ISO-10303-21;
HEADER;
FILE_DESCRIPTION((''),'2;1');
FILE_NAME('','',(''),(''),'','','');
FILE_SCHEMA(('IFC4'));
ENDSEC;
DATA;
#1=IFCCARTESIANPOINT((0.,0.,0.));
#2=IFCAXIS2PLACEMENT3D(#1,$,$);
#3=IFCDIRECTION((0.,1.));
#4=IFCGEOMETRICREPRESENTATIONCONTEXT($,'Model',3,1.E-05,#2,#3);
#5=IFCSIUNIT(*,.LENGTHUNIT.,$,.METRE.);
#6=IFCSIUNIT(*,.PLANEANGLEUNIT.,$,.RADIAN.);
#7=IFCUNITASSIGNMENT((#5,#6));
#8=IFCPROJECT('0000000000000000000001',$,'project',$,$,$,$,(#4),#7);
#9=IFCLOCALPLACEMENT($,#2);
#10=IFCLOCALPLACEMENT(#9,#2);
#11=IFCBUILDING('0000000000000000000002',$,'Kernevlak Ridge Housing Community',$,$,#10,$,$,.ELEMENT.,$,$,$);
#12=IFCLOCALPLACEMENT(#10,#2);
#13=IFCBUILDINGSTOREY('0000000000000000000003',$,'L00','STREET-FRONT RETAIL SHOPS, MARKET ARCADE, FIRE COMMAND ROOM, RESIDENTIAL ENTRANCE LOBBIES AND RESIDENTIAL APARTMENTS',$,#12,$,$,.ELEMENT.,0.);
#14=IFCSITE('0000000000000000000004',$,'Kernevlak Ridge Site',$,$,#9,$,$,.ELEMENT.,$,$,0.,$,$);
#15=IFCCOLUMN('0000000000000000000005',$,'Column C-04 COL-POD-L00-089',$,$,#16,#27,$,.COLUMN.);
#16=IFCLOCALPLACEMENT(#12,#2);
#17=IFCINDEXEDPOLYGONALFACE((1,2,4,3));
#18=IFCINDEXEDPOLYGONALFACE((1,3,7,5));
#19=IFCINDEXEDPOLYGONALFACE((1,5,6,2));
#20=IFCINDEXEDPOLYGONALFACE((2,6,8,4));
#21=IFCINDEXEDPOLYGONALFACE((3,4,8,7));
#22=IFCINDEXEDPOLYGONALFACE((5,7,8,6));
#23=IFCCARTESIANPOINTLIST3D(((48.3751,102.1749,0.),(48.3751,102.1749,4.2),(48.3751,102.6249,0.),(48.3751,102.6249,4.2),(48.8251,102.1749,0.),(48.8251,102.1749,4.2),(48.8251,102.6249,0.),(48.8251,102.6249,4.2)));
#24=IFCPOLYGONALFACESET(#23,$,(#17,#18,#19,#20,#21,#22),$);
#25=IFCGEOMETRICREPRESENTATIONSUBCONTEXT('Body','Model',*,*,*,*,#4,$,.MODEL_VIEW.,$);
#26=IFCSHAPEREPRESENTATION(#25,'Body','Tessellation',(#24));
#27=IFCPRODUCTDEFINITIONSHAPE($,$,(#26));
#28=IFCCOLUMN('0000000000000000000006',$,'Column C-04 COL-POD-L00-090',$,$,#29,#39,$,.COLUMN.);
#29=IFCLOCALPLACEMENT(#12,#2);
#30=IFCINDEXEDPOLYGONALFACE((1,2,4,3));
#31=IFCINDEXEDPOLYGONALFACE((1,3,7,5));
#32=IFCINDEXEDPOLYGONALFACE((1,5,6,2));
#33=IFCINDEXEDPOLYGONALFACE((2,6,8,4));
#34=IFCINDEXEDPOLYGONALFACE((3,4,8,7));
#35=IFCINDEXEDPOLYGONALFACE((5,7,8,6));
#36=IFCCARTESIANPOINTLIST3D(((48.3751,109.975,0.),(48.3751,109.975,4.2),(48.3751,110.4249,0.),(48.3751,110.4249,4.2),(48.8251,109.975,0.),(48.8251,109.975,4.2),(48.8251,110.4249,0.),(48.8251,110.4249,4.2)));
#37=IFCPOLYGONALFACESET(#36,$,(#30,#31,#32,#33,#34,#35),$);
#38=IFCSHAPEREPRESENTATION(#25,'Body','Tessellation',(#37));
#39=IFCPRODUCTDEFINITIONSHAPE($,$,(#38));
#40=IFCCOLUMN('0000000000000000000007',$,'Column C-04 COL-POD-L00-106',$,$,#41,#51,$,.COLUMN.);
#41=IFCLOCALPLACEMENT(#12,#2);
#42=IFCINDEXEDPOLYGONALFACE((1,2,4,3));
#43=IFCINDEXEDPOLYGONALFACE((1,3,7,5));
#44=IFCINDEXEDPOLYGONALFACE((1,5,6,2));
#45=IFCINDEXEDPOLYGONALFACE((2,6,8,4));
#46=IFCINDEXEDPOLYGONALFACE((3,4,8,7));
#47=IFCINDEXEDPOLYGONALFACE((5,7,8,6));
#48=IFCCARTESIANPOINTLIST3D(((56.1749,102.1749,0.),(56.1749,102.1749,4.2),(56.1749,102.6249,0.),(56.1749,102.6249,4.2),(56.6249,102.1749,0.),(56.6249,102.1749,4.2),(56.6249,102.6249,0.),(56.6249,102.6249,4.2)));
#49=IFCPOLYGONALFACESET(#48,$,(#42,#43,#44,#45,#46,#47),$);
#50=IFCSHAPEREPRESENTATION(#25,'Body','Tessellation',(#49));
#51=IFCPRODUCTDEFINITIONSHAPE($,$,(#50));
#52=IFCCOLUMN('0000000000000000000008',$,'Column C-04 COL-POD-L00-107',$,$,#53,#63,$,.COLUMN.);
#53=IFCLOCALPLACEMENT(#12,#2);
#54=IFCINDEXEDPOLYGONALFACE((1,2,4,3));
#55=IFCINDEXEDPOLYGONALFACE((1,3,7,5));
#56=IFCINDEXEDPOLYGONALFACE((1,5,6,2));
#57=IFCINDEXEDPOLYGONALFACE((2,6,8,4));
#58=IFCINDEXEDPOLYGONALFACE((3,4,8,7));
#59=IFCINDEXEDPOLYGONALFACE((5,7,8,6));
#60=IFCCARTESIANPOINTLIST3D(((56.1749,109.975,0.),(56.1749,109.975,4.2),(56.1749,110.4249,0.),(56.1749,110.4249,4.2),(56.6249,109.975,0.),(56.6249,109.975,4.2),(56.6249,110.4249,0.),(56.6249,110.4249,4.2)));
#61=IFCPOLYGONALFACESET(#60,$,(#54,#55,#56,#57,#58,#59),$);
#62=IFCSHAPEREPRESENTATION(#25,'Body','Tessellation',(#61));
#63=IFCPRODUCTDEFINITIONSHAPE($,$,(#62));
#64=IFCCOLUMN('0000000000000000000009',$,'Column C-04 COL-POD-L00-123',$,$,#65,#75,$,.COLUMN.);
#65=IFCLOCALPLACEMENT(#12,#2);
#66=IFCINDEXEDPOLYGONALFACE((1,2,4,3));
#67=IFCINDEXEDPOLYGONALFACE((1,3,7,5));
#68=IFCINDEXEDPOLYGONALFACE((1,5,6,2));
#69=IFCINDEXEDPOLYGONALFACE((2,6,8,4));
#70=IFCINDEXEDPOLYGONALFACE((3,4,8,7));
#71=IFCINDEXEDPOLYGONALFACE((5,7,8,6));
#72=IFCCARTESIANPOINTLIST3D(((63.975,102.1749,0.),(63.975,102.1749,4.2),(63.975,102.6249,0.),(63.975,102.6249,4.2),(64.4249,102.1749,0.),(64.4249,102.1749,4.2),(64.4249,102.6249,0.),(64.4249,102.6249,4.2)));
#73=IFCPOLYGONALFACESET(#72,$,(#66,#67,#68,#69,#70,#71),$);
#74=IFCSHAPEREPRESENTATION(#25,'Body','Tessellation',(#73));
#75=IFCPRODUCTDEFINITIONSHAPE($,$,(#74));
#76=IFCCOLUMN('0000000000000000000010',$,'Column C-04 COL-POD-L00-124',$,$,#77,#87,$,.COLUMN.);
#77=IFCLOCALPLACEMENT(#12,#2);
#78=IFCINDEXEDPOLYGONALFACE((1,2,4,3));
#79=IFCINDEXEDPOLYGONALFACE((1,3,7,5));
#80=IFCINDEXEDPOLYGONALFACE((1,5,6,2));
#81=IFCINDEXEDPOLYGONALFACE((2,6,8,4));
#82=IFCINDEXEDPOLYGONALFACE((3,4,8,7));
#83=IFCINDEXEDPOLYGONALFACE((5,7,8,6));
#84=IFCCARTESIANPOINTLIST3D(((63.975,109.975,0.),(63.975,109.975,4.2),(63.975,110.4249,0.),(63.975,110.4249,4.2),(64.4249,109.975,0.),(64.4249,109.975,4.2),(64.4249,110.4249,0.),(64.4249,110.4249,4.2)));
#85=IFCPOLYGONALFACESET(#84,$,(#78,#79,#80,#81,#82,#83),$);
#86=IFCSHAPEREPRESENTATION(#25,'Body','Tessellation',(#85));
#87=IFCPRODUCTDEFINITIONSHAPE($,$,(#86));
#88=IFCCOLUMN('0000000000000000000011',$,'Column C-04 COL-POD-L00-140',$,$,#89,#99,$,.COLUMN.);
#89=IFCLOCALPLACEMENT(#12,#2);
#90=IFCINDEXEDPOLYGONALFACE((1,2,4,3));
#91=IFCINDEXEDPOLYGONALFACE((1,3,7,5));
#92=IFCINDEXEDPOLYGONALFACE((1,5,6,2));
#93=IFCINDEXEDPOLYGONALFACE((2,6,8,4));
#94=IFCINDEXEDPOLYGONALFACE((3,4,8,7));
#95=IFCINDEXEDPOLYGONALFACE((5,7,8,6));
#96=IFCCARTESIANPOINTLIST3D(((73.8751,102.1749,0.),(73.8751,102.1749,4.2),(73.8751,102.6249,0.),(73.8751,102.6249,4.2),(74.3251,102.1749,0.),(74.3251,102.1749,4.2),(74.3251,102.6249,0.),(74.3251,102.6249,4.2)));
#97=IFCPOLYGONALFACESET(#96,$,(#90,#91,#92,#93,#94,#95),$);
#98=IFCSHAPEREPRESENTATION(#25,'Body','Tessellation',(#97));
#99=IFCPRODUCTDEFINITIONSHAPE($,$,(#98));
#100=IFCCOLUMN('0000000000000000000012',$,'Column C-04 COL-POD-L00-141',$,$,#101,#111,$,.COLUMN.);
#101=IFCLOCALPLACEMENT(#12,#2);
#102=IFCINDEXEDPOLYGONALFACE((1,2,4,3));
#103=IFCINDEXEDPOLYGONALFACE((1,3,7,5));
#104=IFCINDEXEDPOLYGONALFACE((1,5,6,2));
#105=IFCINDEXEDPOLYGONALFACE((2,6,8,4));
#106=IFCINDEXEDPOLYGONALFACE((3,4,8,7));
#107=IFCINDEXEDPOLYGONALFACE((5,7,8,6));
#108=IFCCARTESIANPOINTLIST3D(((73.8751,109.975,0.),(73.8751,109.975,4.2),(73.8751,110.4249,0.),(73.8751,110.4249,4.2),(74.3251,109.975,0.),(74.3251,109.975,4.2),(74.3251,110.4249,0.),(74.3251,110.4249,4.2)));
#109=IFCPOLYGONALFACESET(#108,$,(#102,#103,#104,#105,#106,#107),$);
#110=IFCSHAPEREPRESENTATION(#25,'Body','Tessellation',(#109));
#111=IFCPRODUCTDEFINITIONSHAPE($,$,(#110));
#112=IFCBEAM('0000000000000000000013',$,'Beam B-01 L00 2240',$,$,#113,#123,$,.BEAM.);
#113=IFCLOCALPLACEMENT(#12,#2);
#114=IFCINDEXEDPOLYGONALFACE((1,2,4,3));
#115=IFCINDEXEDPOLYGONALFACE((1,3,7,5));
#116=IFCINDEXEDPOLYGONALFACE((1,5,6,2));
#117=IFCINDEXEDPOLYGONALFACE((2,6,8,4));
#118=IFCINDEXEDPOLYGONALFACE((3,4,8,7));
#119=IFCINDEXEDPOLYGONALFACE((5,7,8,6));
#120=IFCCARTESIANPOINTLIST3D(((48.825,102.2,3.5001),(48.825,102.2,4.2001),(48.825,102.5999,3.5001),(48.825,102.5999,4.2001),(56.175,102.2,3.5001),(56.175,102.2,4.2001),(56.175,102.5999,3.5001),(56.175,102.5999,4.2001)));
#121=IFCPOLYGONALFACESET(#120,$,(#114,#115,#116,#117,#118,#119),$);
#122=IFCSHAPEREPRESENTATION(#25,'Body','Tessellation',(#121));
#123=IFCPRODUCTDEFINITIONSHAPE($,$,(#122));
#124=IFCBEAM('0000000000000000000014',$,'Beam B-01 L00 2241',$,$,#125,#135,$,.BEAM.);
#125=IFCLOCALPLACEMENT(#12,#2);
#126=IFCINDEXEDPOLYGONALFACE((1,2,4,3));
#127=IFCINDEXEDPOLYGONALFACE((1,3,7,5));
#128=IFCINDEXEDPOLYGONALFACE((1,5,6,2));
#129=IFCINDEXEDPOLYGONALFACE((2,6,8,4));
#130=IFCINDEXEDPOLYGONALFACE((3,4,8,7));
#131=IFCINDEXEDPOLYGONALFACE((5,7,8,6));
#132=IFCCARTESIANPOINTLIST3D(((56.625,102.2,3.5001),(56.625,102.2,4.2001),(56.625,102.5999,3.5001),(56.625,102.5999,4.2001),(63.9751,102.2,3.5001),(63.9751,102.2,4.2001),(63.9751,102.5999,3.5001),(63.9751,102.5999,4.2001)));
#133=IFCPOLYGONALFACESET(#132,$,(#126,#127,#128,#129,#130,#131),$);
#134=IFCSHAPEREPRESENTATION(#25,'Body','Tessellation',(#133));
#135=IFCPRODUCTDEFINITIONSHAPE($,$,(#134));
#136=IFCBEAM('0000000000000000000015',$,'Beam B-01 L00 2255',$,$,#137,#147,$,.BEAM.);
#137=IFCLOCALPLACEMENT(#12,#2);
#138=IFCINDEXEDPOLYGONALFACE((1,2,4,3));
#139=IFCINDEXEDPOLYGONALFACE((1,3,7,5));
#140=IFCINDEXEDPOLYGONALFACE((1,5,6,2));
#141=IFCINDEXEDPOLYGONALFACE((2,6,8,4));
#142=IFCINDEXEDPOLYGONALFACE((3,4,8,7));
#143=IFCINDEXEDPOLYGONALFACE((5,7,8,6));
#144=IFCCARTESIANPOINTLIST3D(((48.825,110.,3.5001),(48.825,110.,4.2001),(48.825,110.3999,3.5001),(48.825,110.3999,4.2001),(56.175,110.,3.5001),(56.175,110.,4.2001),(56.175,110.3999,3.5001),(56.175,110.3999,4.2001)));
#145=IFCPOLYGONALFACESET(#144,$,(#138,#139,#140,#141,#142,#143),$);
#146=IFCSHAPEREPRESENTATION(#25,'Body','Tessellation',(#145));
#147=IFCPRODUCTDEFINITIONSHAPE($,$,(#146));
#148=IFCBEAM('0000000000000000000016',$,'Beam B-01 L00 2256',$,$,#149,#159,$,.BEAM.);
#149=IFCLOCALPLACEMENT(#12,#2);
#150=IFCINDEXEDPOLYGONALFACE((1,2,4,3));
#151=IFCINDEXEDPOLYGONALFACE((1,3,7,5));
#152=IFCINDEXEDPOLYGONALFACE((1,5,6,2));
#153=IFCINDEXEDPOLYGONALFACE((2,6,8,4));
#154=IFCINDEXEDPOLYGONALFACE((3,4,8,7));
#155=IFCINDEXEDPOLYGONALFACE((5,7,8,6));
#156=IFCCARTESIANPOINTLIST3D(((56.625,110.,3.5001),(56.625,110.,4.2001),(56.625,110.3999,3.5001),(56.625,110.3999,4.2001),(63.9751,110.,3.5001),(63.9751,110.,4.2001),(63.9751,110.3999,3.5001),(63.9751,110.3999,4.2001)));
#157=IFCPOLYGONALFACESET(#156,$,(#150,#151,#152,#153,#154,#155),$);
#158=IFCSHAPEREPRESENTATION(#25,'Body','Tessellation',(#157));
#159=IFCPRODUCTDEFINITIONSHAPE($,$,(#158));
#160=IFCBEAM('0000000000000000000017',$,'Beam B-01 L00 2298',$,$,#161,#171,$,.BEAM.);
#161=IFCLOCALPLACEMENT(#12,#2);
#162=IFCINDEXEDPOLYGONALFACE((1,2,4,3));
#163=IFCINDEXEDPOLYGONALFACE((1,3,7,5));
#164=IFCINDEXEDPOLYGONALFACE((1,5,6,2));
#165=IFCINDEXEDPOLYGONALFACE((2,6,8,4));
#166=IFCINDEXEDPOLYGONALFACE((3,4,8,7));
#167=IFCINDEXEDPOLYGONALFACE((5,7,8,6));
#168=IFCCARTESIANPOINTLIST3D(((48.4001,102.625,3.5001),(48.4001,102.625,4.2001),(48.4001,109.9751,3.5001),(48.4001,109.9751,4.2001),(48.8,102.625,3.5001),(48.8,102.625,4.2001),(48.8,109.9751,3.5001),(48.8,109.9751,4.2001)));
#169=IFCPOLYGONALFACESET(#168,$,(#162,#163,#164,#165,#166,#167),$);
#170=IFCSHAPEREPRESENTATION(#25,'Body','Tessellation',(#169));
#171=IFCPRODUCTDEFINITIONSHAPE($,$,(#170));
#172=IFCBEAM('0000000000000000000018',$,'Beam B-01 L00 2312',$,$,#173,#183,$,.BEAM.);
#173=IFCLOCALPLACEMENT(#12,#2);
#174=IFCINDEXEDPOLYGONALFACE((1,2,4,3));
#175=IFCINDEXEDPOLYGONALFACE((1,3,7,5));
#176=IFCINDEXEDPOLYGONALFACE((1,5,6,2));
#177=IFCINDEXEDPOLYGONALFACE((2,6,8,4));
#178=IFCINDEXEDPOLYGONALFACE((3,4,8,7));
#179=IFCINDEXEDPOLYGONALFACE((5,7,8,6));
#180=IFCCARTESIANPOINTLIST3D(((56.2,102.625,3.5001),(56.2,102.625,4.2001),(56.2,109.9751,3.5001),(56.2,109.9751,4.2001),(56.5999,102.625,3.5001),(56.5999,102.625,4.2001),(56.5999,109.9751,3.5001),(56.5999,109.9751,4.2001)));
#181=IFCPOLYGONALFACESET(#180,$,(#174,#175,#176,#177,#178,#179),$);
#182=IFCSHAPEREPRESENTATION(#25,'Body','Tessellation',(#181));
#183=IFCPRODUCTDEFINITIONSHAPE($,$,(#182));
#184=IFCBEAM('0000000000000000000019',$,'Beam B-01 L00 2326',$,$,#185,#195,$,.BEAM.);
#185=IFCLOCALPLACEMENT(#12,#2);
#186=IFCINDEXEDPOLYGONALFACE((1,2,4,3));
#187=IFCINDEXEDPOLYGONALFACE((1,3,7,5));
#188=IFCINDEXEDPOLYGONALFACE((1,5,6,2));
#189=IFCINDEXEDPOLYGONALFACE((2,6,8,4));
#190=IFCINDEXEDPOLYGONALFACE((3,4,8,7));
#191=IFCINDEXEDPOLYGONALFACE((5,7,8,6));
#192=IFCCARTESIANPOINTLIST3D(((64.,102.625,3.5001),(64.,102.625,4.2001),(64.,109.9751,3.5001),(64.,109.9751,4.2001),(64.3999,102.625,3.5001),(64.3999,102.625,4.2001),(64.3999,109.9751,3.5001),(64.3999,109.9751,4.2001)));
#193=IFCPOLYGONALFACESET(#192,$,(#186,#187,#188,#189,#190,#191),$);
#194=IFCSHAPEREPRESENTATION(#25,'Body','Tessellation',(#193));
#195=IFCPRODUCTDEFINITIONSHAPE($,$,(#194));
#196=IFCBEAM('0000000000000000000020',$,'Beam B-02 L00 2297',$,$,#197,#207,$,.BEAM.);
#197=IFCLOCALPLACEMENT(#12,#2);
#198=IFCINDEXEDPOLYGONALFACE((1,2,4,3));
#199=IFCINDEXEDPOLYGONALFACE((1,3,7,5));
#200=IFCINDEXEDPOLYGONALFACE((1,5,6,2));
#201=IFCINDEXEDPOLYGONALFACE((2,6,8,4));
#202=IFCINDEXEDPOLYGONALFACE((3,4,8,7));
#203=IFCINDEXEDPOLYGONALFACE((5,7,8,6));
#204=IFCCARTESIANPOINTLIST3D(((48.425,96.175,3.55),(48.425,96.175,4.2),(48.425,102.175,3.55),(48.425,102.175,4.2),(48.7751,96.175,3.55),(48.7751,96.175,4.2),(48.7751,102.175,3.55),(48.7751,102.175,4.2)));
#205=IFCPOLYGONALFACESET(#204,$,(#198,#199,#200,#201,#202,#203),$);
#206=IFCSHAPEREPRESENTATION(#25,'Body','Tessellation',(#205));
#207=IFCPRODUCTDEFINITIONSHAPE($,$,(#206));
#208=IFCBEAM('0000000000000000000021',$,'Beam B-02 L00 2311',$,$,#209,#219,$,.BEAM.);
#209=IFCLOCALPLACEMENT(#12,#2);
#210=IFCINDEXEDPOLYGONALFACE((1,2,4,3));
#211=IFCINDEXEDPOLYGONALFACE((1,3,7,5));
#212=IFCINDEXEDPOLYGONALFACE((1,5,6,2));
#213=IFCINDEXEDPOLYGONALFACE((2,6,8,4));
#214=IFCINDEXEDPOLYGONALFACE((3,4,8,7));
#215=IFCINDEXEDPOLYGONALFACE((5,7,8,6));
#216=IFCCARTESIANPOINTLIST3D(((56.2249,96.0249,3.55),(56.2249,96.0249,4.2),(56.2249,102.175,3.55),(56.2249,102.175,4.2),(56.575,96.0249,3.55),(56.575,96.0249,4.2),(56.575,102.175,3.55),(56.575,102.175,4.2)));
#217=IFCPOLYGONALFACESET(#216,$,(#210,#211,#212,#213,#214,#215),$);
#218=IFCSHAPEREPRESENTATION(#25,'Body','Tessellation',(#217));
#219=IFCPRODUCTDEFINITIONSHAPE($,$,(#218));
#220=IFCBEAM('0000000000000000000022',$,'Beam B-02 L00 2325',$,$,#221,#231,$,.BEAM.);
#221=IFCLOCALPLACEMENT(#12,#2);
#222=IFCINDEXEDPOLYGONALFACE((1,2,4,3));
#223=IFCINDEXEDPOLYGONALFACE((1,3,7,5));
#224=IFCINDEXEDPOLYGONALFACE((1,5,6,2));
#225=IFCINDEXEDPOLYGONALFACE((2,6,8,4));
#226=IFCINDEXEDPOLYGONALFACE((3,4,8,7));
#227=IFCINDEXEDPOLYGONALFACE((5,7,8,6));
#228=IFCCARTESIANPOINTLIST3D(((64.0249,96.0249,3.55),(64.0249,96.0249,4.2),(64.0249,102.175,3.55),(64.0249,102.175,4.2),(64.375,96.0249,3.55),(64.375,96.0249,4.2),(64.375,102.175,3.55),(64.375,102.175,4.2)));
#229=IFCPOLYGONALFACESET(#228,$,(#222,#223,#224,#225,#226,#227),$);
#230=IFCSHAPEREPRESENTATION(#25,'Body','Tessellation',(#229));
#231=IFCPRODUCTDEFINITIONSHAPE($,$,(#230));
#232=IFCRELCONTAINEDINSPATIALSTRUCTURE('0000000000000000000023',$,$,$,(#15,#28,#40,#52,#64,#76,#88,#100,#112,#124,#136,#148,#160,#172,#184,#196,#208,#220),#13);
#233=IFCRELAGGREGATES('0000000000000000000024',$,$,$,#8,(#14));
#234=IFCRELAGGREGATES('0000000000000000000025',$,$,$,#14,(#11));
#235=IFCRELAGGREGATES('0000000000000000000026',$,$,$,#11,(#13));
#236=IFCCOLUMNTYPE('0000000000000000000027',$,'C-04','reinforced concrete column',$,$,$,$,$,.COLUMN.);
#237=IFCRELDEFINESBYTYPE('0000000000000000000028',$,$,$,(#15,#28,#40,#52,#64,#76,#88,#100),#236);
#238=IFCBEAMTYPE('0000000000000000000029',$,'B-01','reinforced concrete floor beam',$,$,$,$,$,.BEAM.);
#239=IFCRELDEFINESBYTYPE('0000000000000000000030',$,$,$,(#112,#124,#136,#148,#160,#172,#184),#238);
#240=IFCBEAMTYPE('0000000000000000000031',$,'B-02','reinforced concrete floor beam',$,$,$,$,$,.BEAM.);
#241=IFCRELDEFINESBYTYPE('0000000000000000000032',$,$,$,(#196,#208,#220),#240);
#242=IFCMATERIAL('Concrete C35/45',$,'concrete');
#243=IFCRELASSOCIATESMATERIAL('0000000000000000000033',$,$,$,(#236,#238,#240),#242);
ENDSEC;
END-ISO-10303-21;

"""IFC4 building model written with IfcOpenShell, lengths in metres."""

from ifc_helpers import new_model, si_unit, direction, frame, origin, origin_2d, place, context, subcontext, project, spatial, rectangle, extrude, material, material_profile, profile_set, type_object, element, save


model = new_model("IFC4")

# Units and contexts
model_context = context("Model", 3, precision=1e-05, world=origin(), true_north=direction((0.0, 1.0)))
body_context = subcontext(model_context, "Body", "Model", "MODEL_VIEW")
ifc_project = project(units=[si_unit("LENGTHUNIT", "METRE"), si_unit("PLANEANGLEUNIT", "RADIAN")], contexts=[model_context])

# Site, building, storey
site_placement = place(None, origin())
site = spatial("IfcSite", under=ifc_project, at=site_placement, Name="Kernevlak Ridge Site", CompositionType="ELEMENT", RefElevation=0.0)
building_placement = place(site_placement, origin())
building = spatial("IfcBuilding", under=site, at=building_placement, Name="Kernevlak Ridge Housing Community", CompositionType="ELEMENT")
storey_placement = place(building_placement, origin())
storey = spatial("IfcBuildingStorey", under=building, at=storey_placement, Name="L00", Description="STREET-FRONT RETAIL SHOPS, MARKET ARCADE, FIRE COMMAND ROOM, RESIDENTIAL ENTRANCE LOBBIES AND RESIDENTIAL APARTMENTS", CompositionType="ELEMENT", Elevation=0.0)

# Columns
ifc_material_1 = material(Name="Concrete C35/45", Category="concrete")
ifc_material_profile_1 = material_profile(ifc_material_1, rectangle(XDim=0.45, YDim=0.45, at=origin_2d()), Name="RC 450x450")
ifc_profile_set_1 = profile_set([ifc_material_profile_1], Name="Concrete C35/45")
column_type = type_object("IfcColumnType", Name="C-04", Description="reinforced concrete column", PredefinedType="COLUMN", material=ifc_profile_set_1)
for number, where, z_axis, x_axis, name in (
    (1, (48.6001, 102.3999, 0.0), (0.0, 0.0, 1.0), (1.0, 0.0, 0.0), "Column C-04 COL-POD-L00-089"),
    (2, (48.6001, 110.2, 0.0), (0.0, 0.0, 1.0), (1.0, 0.0, 0.0), "Column C-04 COL-POD-L00-090"),
    (3, (56.3999, 102.3999, 0.0), (0.0, 0.0, 1.0), (1.0, 0.0, 0.0), "Column C-04 COL-POD-L00-106"),
    (4, (56.3999, 110.2, 0.0), (0.0, 0.0, 1.0), (1.0, 0.0, 0.0), "Column C-04 COL-POD-L00-107"),
    (5, (64.2, 102.3999, 0.0), (0.0, 0.0, 1.0), (1.0, 0.0, 0.0), "Column C-04 COL-POD-L00-123"),
    (6, (64.2, 110.2, 0.0), (0.0, 0.0, 1.0), (1.0, 0.0, 0.0), "Column C-04 COL-POD-L00-124"),
    (7, (74.1001, 102.3999, 0.0), (0.0, 0.0, 1.0), (1.0, 0.0, 0.0), "Column C-04 COL-POD-L00-140"),
    (8, (74.1001, 110.2, 0.0), (0.0, 0.0, 1.0), (1.0, 0.0, 0.0), "Column C-04 COL-POD-L00-141"),
):
    element("IfcColumn", number, at=place(storey_placement, frame(where, z_axis=z_axis, x_axis=x_axis)), inside=storey, type_object=column_type, Name=name, PredefinedType="COLUMN", context=body_context, shape_type="SweptSolid", body=[
        extrude(rectangle(XDim=0.45, YDim=0.45, at=origin_2d()), origin(), (0.0, 0.0, 1.0), 4.2),
    ])

# Beams
ifc_material_profile_2 = material_profile(ifc_material_1, rectangle(XDim=0.3999, YDim=0.7, at=origin_2d()), Name="RC 400x700")
ifc_profile_set_2 = profile_set([ifc_material_profile_2], Name="Concrete C35/45")
beam_type_1 = type_object("IfcBeamType", Name="B-01", Description="reinforced concrete floor beam", PredefinedType="BEAM", material=ifc_profile_set_2)
for number, where, z_axis, x_axis, name in (
    (9, (48.825, 102.3999, 3.8501), (1.0, 0.0, 0.0), (0.0, 1.0, 0.0), "Beam B-01 L00 2240"),
    (10, (56.625, 102.3999, 3.8501), (1.0, 0.0, 0.0), (0.0, 1.0, 0.0), "Beam B-01 L00 2241"),
    (11, (48.825, 110.2, 3.8501), (1.0, 0.0, 0.0), (0.0, 1.0, 0.0), "Beam B-01 L00 2255"),
    (12, (56.625, 110.2, 3.8501), (1.0, 0.0, 0.0), (0.0, 1.0, 0.0), "Beam B-01 L00 2256"),
    (13, (48.6001, 102.625, 3.8501), (0.0, 1.0, 0.0), (-1.0, 0.0, 0.0), "Beam B-01 L00 2298"),
    (14, (56.3999, 102.625, 3.8501), (0.0, 1.0, 0.0), (-1.0, 0.0, 0.0), "Beam B-01 L00 2312"),
    (15, (64.2, 102.625, 3.8501), (0.0, 1.0, 0.0), (-1.0, 0.0, 0.0), "Beam B-01 L00 2326"),
):
    element("IfcBeam", number, at=place(storey_placement, frame(where, z_axis=z_axis, x_axis=x_axis)), inside=storey, type_object=beam_type_1, Name=name, PredefinedType="BEAM", context=body_context, shape_type="SweptSolid", body=[
        extrude(rectangle(XDim=0.3999, YDim=0.7, at=origin_2d()), origin(), (0.0, 0.0, 1.0), 7.3501),
    ])
ifc_material_profile_3 = material_profile(ifc_material_1, rectangle(XDim=0.3501, YDim=0.6499, at=origin_2d()), Name="RC 350x650")
ifc_profile_set_3 = profile_set([ifc_material_profile_3], Name="Concrete C35/45")
beam_type_2 = type_object("IfcBeamType", Name="B-02", Description="reinforced concrete floor beam", PredefinedType="BEAM", material=ifc_profile_set_3)
beam_placement = place(storey_placement, frame((48.6001, 96.175, 3.875), z_axis=(0.0, 1.0, 0.0), x_axis=(-1.0, 0.0, 0.0)))
element("IfcBeam", 16, at=beam_placement, inside=storey, type_object=beam_type_2, Name="Beam B-02 L00 2297", PredefinedType="BEAM", context=body_context, shape_type="SweptSolid", body=[
    extrude(rectangle(XDim=0.3501, YDim=0.6499, at=origin_2d()), origin(), (0.0, 0.0, 1.0), 6.0),
])
for number, where, z_axis, x_axis, name in (
    (17, (56.3999, 96.0249, 3.875), (0.0, 1.0, 0.0), (-1.0, 0.0, 0.0), "Beam B-02 L00 2311"),
    (18, (64.2, 96.0249, 3.875), (0.0, 1.0, 0.0), (-1.0, 0.0, 0.0), "Beam B-02 L00 2325"),
):
    element("IfcBeam", number, at=place(storey_placement, frame(where, z_axis=z_axis, x_axis=x_axis)), inside=storey, type_object=beam_type_2, Name=name, PredefinedType="BEAM", context=body_context, shape_type="SweptSolid", body=[
        extrude(rectangle(XDim=0.3501, YDim=0.6499, at=origin_2d()), origin(), (0.0, 0.0, 1.0), 6.1501),
    ])

save(model, "model.ifc")
